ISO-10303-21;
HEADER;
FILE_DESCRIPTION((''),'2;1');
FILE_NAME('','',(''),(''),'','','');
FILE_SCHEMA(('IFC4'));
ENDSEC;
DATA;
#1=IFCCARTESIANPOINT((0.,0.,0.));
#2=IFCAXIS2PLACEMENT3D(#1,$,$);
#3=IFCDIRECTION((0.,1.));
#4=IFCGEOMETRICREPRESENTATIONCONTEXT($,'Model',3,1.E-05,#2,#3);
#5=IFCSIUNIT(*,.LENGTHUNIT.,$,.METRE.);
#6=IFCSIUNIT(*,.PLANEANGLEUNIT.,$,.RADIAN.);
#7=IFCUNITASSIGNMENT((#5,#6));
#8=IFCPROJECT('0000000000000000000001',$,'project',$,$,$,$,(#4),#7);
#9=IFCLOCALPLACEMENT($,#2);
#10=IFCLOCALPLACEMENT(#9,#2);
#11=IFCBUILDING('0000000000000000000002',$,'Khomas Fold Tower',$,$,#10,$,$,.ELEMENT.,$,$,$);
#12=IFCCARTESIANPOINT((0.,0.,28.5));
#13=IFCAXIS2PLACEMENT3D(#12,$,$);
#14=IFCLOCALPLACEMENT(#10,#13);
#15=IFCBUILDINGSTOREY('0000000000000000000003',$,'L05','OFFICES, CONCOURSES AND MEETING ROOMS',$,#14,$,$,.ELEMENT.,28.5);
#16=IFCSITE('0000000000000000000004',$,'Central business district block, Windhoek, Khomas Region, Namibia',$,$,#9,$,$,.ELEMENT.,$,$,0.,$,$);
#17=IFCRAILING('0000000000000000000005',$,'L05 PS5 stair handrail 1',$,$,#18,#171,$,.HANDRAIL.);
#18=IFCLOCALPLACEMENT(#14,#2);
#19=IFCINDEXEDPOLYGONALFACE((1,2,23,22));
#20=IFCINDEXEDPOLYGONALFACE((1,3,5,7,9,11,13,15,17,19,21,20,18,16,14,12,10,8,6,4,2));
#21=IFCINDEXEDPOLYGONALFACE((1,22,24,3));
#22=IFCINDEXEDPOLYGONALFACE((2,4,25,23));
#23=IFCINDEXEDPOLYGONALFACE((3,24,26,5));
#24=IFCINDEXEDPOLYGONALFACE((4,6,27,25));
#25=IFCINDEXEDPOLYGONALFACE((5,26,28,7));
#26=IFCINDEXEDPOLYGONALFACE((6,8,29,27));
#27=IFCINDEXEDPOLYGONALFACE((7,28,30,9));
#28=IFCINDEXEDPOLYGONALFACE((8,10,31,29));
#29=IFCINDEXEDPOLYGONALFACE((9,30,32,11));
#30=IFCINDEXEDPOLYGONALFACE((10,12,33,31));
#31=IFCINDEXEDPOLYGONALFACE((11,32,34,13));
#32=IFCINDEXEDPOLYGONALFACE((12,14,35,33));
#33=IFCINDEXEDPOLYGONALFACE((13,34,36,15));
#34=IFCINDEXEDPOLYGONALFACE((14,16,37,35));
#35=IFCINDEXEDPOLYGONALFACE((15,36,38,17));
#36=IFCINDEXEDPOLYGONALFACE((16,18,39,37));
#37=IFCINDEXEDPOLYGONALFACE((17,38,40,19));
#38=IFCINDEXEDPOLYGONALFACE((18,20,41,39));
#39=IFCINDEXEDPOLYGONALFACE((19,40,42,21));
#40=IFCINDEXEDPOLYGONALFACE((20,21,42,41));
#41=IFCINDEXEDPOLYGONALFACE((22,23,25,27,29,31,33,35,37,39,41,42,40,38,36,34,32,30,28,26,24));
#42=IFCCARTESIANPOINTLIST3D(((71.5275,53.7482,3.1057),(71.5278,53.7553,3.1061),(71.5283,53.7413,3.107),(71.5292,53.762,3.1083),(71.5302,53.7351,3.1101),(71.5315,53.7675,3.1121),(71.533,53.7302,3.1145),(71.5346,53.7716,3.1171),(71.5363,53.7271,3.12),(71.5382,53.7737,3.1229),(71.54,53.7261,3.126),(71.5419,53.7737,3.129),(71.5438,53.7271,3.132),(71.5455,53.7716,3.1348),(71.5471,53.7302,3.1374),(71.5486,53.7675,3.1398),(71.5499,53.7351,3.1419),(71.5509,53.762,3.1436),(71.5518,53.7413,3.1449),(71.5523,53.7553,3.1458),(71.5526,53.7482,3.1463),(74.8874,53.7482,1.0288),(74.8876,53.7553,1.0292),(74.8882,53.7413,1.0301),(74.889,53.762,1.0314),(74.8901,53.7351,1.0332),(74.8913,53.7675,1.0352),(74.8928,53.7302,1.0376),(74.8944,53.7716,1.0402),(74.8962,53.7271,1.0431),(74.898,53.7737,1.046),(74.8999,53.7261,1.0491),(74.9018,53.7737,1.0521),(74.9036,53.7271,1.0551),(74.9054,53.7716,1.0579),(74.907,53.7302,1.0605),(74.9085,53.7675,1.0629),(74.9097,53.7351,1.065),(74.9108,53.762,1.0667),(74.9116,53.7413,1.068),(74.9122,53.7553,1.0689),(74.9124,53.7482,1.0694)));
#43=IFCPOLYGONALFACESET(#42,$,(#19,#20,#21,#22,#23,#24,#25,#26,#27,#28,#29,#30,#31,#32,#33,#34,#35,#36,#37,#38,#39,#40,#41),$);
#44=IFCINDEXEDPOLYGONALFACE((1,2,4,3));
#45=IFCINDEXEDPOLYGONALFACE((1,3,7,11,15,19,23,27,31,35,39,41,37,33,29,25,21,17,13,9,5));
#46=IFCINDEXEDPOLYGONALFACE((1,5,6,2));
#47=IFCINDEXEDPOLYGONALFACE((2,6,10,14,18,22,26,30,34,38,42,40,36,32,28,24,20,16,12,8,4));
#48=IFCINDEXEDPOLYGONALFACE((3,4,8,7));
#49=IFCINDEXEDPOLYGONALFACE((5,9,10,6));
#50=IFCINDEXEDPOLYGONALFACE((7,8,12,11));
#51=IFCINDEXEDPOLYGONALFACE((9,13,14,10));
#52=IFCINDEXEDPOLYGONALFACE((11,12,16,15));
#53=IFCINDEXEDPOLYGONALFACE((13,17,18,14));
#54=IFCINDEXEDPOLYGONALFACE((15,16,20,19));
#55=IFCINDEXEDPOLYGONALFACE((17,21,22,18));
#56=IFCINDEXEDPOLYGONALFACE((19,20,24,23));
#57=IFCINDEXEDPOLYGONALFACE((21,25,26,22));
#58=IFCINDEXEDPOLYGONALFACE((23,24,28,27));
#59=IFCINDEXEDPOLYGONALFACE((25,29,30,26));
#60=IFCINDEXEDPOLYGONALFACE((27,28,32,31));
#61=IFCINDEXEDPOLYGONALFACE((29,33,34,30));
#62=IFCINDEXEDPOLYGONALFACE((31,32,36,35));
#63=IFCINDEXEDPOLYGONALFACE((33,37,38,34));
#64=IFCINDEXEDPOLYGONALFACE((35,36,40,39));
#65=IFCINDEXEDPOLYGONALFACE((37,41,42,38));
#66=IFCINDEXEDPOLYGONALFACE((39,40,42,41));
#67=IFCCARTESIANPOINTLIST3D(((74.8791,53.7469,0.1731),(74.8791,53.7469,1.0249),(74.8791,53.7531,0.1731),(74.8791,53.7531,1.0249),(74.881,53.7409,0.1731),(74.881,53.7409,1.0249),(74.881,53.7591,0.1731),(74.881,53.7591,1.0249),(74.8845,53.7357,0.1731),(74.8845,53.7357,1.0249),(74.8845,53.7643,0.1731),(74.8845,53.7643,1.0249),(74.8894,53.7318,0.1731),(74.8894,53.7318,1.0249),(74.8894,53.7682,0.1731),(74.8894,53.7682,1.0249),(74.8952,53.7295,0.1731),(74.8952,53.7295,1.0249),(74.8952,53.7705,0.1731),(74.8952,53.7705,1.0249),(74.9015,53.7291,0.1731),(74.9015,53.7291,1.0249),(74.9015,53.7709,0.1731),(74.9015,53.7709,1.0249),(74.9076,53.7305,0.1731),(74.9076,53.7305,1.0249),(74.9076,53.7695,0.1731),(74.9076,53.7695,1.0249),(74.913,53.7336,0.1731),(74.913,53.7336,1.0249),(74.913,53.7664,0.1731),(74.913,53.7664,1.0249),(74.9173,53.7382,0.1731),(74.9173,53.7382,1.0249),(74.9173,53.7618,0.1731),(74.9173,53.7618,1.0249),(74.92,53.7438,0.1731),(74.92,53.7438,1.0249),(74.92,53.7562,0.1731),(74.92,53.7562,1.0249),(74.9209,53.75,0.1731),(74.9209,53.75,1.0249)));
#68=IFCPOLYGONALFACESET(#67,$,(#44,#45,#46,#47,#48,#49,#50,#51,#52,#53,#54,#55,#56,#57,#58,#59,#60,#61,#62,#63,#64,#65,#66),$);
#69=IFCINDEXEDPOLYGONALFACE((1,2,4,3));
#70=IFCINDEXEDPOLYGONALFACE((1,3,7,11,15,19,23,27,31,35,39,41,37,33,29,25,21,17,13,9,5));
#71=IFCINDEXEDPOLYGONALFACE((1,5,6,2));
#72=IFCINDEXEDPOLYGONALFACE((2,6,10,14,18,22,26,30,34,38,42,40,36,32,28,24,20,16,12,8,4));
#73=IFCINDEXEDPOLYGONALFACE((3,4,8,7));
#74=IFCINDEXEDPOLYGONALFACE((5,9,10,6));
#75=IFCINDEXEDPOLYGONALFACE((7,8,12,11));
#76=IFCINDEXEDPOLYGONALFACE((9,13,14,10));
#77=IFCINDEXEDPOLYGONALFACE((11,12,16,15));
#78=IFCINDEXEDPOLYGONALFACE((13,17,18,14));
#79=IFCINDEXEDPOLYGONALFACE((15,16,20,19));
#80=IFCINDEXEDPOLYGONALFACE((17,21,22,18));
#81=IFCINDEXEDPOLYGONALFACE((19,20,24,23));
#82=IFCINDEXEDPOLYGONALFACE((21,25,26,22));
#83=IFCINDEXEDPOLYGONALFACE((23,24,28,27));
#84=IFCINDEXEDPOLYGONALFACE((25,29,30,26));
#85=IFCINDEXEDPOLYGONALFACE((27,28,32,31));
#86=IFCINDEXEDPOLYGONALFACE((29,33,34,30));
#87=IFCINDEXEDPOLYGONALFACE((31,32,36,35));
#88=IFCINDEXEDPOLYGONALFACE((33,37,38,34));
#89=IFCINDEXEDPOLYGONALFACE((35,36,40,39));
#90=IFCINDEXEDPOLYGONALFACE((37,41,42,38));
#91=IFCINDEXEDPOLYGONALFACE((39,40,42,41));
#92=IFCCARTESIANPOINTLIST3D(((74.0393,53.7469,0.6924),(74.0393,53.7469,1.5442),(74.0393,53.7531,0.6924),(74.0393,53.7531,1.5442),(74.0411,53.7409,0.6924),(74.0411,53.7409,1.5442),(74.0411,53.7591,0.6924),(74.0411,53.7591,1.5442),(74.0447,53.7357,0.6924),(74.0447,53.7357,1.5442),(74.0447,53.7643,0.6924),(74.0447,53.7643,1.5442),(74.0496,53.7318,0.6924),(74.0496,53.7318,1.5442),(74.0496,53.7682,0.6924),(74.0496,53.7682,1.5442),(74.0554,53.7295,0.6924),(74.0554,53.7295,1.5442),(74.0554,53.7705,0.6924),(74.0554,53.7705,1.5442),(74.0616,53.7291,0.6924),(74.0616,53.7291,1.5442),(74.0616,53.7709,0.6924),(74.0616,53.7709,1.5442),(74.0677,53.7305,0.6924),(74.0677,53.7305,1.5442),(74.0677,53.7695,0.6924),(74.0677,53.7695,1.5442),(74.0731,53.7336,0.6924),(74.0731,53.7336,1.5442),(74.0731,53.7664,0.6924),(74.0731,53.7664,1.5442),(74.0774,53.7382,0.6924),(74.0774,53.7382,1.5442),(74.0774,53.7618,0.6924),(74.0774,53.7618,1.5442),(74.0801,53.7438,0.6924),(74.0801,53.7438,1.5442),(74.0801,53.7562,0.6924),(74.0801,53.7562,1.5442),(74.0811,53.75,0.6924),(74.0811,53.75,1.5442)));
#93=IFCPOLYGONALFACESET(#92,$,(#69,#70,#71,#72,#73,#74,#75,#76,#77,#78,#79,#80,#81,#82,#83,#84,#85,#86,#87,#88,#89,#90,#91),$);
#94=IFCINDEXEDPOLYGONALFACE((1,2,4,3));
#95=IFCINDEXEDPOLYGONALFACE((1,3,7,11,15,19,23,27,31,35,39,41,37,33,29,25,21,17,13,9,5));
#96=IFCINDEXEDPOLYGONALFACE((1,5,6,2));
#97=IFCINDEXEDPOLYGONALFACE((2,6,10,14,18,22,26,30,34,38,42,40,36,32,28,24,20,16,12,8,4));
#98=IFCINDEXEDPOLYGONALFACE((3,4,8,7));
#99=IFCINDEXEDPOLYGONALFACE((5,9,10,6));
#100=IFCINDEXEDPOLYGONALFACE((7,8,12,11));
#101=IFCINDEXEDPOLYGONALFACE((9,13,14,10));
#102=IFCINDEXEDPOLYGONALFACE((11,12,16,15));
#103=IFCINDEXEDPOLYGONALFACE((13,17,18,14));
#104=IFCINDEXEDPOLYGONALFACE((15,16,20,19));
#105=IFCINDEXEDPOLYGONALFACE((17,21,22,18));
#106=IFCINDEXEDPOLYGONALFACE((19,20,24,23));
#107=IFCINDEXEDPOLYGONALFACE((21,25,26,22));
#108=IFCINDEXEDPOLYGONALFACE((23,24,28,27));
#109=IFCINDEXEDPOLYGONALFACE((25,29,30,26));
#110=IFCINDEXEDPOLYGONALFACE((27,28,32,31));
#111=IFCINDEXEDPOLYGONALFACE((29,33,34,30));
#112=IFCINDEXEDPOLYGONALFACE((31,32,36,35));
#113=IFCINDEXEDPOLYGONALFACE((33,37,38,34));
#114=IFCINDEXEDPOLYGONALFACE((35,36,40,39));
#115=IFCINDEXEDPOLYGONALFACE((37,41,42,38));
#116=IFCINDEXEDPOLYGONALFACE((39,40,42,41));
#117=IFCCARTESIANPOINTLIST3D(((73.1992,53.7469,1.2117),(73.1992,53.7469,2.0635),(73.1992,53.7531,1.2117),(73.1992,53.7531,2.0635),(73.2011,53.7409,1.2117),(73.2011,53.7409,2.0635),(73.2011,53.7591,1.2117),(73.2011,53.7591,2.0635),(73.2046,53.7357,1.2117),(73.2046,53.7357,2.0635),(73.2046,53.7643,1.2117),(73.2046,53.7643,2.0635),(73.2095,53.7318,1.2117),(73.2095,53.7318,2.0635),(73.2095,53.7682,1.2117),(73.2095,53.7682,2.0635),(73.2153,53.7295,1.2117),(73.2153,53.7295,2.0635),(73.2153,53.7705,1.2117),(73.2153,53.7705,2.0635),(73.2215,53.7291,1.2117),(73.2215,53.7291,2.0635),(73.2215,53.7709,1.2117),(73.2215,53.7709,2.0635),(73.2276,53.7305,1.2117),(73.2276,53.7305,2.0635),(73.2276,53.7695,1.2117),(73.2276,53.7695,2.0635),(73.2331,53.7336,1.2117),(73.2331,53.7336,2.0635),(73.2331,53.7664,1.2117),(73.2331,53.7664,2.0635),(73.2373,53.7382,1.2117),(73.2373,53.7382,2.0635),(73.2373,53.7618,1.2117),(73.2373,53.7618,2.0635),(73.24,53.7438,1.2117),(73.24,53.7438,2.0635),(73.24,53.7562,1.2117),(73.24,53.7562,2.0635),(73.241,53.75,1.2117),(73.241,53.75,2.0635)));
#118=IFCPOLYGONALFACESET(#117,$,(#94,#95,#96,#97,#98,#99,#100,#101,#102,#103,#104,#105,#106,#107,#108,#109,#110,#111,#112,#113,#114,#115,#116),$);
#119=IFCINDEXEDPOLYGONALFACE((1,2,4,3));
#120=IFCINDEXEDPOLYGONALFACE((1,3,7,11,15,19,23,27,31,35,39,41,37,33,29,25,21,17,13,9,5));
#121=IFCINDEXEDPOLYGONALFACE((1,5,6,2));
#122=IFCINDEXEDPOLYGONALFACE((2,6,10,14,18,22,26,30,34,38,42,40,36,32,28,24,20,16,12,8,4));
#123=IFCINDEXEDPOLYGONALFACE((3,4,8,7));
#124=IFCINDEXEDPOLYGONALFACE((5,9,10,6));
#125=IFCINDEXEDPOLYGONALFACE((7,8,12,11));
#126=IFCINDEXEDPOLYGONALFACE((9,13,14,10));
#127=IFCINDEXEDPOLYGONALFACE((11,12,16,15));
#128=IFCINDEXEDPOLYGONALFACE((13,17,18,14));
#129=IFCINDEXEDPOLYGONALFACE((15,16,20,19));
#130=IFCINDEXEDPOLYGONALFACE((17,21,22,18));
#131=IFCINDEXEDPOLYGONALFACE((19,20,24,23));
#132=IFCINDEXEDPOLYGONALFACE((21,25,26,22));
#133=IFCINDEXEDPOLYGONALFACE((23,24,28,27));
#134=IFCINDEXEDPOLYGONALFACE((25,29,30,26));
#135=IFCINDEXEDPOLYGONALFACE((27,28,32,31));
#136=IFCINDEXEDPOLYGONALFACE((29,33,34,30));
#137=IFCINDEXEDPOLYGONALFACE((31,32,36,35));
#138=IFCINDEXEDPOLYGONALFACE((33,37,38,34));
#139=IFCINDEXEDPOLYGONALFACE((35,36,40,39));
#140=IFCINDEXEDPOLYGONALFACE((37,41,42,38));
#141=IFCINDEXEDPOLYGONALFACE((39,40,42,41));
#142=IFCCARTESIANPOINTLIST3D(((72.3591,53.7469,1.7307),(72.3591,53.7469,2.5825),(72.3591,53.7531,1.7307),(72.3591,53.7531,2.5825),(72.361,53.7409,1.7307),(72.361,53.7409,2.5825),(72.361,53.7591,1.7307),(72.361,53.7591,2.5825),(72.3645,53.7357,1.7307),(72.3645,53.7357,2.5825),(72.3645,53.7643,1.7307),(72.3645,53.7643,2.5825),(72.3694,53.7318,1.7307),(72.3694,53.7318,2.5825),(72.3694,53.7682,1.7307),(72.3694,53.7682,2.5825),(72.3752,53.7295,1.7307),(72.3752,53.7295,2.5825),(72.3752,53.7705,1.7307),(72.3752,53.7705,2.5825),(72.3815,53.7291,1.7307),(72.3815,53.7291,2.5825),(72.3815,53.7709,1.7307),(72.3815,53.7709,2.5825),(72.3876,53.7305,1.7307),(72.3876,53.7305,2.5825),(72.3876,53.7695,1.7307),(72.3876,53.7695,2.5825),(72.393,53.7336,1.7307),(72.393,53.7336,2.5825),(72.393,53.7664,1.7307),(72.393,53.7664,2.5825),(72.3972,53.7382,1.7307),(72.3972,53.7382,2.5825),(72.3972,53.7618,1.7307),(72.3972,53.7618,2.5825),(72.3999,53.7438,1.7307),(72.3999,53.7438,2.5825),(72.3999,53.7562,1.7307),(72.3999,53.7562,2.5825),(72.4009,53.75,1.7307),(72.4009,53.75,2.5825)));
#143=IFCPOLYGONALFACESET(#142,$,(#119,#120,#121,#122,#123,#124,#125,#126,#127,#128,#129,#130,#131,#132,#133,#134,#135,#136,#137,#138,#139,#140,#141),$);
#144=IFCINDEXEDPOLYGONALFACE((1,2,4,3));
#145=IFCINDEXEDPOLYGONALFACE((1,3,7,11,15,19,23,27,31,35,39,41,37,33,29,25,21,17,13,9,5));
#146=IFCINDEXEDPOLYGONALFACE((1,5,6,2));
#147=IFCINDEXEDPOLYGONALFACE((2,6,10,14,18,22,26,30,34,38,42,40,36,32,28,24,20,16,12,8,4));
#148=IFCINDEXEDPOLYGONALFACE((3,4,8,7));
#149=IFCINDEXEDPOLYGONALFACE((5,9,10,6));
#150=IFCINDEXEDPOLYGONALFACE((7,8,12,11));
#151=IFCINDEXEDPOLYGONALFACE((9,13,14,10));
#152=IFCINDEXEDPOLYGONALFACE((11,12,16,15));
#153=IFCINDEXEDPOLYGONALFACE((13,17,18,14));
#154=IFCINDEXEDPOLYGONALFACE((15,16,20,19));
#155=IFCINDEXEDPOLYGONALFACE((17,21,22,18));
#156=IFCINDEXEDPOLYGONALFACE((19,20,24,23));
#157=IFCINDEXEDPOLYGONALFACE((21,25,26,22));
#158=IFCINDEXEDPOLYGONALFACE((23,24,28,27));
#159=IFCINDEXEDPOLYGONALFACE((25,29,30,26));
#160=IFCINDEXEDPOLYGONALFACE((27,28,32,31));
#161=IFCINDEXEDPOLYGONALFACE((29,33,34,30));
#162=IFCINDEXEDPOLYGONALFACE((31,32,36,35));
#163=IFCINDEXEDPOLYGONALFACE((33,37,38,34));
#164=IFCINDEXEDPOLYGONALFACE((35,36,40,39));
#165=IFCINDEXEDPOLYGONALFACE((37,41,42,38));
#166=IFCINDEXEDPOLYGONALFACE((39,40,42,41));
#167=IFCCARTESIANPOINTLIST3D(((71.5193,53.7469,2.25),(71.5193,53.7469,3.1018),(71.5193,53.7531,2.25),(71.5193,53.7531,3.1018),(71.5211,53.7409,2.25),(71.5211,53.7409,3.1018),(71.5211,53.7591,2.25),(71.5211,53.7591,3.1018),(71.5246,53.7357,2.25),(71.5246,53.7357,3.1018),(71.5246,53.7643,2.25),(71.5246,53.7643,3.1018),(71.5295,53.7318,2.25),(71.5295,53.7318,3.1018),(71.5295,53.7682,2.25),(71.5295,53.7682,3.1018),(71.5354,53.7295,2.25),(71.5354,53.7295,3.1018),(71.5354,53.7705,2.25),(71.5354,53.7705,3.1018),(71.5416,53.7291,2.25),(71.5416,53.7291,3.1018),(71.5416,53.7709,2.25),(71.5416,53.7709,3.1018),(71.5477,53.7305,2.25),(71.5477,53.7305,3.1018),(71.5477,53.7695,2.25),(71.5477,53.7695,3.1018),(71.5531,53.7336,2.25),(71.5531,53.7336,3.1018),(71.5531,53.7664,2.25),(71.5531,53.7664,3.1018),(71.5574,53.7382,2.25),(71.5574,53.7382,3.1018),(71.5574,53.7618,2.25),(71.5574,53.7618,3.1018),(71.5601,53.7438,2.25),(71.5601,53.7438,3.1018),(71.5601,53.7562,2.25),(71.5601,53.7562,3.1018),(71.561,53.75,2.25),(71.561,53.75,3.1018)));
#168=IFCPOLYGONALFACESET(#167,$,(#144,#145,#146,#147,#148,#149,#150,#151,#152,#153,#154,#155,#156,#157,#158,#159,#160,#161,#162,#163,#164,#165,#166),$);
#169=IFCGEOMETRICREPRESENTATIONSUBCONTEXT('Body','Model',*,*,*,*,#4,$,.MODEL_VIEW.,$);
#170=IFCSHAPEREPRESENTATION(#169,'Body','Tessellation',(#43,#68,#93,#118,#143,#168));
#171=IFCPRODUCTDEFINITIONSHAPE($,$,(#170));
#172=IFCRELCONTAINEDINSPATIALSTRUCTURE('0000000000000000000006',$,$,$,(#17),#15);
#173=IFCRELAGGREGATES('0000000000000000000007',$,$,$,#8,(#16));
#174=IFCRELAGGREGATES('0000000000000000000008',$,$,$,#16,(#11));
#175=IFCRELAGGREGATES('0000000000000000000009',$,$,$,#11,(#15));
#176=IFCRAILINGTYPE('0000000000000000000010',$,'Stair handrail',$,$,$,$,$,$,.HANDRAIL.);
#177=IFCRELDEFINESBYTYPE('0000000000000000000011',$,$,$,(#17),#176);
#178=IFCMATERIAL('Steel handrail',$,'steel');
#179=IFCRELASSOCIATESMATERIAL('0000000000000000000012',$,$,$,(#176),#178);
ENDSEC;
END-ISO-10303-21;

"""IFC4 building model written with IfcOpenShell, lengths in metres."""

from ifc_helpers import new_model, si_unit, direction, frame, origin, origin_2d, place, context, subcontext, project, spatial, circle, extrude, source, transform, mapped, material, type_object, element, save


model = new_model("IFC4")

# Units and contexts
model_context = context("Model", 3, precision=1e-05, world=origin(), true_north=direction((0.0, 1.0)))
body_context = subcontext(model_context, "Body", "Model", "MODEL_VIEW")
ifc_project = project(units=[si_unit("LENGTHUNIT", "METRE"), si_unit("PLANEANGLEUNIT", "RADIAN")], contexts=[model_context])

# Site, building, storey
site_placement = place(None, origin())
site = spatial("IfcSite", under=ifc_project, at=site_placement, Name="Central business district block, Windhoek, Khomas Region, Namibia", CompositionType="ELEMENT", RefElevation=0.0)
building_placement = place(site_placement, origin())
building = spatial("IfcBuilding", under=site, at=building_placement, Name="Khomas Fold Tower", CompositionType="ELEMENT")
storey_placement = place(building_placement, frame((0.0, 0.0, 28.5)))
storey = spatial("IfcBuildingStorey", under=building, at=storey_placement, Name="L05", Description="OFFICES, CONCOURSES AND MEETING ROOMS", CompositionType="ELEMENT", Elevation=28.5)

# Railing
ifc_material_1 = material(Name="Steel handrail", Category="steel")
railing_type_1 = type_object("IfcRailingType", Name="Stair handrail", PredefinedType="HANDRAIL", material=ifc_material_1)
shared_shape_1 = source(origin(), body_context, "Body", "SweptSolid", [
    extrude(circle(Radius=0.0239, at=origin_2d()), frame((0.0, 0.0, 0.876), z_axis=(-0.850606, 0.0, 0.525803), x_axis=(0.0, -1.0, 0.0)), (0.0, 0.0, 1.0), 3.95),
    extrude(circle(Radius=0.021, at=origin_2d()), origin(), (0.0, 0.0, 1.0), 0.8518),
    extrude(circle(Radius=0.021, at=origin_2d()), frame((-0.8398, 0.0, 0.5193)), (0.0, 0.0, 1.0), 0.8518),
    extrude(circle(Radius=0.021, at=origin_2d()), frame((-1.6799, 0.0, 1.0386)), (0.0, 0.0, 1.0), 0.8518),
    extrude(circle(Radius=0.021, at=origin_2d()), frame((-2.52, 0.0, 1.5576)), (0.0, 0.0, 1.0), 0.8518),
    extrude(circle(Radius=0.021, at=origin_2d()), frame((-3.3599, 0.0, 2.0769)), (0.0, 0.0, 1.0), 0.8518),
])
railing_1_placement = place(storey_placement, frame((74.8999, 53.75, 0.1731)))
element("IfcRailing", 1, at=railing_1_placement, inside=storey, type_object=railing_type_1, Name="L05 PS5 stair handrail 1", PredefinedType="HANDRAIL", context=body_context, shape_type="MappedRepresentation", body=[
    mapped(shared_shape_1, transform((0.0, 0.0, 0.0))),
])

save(model, "model.ifc")
